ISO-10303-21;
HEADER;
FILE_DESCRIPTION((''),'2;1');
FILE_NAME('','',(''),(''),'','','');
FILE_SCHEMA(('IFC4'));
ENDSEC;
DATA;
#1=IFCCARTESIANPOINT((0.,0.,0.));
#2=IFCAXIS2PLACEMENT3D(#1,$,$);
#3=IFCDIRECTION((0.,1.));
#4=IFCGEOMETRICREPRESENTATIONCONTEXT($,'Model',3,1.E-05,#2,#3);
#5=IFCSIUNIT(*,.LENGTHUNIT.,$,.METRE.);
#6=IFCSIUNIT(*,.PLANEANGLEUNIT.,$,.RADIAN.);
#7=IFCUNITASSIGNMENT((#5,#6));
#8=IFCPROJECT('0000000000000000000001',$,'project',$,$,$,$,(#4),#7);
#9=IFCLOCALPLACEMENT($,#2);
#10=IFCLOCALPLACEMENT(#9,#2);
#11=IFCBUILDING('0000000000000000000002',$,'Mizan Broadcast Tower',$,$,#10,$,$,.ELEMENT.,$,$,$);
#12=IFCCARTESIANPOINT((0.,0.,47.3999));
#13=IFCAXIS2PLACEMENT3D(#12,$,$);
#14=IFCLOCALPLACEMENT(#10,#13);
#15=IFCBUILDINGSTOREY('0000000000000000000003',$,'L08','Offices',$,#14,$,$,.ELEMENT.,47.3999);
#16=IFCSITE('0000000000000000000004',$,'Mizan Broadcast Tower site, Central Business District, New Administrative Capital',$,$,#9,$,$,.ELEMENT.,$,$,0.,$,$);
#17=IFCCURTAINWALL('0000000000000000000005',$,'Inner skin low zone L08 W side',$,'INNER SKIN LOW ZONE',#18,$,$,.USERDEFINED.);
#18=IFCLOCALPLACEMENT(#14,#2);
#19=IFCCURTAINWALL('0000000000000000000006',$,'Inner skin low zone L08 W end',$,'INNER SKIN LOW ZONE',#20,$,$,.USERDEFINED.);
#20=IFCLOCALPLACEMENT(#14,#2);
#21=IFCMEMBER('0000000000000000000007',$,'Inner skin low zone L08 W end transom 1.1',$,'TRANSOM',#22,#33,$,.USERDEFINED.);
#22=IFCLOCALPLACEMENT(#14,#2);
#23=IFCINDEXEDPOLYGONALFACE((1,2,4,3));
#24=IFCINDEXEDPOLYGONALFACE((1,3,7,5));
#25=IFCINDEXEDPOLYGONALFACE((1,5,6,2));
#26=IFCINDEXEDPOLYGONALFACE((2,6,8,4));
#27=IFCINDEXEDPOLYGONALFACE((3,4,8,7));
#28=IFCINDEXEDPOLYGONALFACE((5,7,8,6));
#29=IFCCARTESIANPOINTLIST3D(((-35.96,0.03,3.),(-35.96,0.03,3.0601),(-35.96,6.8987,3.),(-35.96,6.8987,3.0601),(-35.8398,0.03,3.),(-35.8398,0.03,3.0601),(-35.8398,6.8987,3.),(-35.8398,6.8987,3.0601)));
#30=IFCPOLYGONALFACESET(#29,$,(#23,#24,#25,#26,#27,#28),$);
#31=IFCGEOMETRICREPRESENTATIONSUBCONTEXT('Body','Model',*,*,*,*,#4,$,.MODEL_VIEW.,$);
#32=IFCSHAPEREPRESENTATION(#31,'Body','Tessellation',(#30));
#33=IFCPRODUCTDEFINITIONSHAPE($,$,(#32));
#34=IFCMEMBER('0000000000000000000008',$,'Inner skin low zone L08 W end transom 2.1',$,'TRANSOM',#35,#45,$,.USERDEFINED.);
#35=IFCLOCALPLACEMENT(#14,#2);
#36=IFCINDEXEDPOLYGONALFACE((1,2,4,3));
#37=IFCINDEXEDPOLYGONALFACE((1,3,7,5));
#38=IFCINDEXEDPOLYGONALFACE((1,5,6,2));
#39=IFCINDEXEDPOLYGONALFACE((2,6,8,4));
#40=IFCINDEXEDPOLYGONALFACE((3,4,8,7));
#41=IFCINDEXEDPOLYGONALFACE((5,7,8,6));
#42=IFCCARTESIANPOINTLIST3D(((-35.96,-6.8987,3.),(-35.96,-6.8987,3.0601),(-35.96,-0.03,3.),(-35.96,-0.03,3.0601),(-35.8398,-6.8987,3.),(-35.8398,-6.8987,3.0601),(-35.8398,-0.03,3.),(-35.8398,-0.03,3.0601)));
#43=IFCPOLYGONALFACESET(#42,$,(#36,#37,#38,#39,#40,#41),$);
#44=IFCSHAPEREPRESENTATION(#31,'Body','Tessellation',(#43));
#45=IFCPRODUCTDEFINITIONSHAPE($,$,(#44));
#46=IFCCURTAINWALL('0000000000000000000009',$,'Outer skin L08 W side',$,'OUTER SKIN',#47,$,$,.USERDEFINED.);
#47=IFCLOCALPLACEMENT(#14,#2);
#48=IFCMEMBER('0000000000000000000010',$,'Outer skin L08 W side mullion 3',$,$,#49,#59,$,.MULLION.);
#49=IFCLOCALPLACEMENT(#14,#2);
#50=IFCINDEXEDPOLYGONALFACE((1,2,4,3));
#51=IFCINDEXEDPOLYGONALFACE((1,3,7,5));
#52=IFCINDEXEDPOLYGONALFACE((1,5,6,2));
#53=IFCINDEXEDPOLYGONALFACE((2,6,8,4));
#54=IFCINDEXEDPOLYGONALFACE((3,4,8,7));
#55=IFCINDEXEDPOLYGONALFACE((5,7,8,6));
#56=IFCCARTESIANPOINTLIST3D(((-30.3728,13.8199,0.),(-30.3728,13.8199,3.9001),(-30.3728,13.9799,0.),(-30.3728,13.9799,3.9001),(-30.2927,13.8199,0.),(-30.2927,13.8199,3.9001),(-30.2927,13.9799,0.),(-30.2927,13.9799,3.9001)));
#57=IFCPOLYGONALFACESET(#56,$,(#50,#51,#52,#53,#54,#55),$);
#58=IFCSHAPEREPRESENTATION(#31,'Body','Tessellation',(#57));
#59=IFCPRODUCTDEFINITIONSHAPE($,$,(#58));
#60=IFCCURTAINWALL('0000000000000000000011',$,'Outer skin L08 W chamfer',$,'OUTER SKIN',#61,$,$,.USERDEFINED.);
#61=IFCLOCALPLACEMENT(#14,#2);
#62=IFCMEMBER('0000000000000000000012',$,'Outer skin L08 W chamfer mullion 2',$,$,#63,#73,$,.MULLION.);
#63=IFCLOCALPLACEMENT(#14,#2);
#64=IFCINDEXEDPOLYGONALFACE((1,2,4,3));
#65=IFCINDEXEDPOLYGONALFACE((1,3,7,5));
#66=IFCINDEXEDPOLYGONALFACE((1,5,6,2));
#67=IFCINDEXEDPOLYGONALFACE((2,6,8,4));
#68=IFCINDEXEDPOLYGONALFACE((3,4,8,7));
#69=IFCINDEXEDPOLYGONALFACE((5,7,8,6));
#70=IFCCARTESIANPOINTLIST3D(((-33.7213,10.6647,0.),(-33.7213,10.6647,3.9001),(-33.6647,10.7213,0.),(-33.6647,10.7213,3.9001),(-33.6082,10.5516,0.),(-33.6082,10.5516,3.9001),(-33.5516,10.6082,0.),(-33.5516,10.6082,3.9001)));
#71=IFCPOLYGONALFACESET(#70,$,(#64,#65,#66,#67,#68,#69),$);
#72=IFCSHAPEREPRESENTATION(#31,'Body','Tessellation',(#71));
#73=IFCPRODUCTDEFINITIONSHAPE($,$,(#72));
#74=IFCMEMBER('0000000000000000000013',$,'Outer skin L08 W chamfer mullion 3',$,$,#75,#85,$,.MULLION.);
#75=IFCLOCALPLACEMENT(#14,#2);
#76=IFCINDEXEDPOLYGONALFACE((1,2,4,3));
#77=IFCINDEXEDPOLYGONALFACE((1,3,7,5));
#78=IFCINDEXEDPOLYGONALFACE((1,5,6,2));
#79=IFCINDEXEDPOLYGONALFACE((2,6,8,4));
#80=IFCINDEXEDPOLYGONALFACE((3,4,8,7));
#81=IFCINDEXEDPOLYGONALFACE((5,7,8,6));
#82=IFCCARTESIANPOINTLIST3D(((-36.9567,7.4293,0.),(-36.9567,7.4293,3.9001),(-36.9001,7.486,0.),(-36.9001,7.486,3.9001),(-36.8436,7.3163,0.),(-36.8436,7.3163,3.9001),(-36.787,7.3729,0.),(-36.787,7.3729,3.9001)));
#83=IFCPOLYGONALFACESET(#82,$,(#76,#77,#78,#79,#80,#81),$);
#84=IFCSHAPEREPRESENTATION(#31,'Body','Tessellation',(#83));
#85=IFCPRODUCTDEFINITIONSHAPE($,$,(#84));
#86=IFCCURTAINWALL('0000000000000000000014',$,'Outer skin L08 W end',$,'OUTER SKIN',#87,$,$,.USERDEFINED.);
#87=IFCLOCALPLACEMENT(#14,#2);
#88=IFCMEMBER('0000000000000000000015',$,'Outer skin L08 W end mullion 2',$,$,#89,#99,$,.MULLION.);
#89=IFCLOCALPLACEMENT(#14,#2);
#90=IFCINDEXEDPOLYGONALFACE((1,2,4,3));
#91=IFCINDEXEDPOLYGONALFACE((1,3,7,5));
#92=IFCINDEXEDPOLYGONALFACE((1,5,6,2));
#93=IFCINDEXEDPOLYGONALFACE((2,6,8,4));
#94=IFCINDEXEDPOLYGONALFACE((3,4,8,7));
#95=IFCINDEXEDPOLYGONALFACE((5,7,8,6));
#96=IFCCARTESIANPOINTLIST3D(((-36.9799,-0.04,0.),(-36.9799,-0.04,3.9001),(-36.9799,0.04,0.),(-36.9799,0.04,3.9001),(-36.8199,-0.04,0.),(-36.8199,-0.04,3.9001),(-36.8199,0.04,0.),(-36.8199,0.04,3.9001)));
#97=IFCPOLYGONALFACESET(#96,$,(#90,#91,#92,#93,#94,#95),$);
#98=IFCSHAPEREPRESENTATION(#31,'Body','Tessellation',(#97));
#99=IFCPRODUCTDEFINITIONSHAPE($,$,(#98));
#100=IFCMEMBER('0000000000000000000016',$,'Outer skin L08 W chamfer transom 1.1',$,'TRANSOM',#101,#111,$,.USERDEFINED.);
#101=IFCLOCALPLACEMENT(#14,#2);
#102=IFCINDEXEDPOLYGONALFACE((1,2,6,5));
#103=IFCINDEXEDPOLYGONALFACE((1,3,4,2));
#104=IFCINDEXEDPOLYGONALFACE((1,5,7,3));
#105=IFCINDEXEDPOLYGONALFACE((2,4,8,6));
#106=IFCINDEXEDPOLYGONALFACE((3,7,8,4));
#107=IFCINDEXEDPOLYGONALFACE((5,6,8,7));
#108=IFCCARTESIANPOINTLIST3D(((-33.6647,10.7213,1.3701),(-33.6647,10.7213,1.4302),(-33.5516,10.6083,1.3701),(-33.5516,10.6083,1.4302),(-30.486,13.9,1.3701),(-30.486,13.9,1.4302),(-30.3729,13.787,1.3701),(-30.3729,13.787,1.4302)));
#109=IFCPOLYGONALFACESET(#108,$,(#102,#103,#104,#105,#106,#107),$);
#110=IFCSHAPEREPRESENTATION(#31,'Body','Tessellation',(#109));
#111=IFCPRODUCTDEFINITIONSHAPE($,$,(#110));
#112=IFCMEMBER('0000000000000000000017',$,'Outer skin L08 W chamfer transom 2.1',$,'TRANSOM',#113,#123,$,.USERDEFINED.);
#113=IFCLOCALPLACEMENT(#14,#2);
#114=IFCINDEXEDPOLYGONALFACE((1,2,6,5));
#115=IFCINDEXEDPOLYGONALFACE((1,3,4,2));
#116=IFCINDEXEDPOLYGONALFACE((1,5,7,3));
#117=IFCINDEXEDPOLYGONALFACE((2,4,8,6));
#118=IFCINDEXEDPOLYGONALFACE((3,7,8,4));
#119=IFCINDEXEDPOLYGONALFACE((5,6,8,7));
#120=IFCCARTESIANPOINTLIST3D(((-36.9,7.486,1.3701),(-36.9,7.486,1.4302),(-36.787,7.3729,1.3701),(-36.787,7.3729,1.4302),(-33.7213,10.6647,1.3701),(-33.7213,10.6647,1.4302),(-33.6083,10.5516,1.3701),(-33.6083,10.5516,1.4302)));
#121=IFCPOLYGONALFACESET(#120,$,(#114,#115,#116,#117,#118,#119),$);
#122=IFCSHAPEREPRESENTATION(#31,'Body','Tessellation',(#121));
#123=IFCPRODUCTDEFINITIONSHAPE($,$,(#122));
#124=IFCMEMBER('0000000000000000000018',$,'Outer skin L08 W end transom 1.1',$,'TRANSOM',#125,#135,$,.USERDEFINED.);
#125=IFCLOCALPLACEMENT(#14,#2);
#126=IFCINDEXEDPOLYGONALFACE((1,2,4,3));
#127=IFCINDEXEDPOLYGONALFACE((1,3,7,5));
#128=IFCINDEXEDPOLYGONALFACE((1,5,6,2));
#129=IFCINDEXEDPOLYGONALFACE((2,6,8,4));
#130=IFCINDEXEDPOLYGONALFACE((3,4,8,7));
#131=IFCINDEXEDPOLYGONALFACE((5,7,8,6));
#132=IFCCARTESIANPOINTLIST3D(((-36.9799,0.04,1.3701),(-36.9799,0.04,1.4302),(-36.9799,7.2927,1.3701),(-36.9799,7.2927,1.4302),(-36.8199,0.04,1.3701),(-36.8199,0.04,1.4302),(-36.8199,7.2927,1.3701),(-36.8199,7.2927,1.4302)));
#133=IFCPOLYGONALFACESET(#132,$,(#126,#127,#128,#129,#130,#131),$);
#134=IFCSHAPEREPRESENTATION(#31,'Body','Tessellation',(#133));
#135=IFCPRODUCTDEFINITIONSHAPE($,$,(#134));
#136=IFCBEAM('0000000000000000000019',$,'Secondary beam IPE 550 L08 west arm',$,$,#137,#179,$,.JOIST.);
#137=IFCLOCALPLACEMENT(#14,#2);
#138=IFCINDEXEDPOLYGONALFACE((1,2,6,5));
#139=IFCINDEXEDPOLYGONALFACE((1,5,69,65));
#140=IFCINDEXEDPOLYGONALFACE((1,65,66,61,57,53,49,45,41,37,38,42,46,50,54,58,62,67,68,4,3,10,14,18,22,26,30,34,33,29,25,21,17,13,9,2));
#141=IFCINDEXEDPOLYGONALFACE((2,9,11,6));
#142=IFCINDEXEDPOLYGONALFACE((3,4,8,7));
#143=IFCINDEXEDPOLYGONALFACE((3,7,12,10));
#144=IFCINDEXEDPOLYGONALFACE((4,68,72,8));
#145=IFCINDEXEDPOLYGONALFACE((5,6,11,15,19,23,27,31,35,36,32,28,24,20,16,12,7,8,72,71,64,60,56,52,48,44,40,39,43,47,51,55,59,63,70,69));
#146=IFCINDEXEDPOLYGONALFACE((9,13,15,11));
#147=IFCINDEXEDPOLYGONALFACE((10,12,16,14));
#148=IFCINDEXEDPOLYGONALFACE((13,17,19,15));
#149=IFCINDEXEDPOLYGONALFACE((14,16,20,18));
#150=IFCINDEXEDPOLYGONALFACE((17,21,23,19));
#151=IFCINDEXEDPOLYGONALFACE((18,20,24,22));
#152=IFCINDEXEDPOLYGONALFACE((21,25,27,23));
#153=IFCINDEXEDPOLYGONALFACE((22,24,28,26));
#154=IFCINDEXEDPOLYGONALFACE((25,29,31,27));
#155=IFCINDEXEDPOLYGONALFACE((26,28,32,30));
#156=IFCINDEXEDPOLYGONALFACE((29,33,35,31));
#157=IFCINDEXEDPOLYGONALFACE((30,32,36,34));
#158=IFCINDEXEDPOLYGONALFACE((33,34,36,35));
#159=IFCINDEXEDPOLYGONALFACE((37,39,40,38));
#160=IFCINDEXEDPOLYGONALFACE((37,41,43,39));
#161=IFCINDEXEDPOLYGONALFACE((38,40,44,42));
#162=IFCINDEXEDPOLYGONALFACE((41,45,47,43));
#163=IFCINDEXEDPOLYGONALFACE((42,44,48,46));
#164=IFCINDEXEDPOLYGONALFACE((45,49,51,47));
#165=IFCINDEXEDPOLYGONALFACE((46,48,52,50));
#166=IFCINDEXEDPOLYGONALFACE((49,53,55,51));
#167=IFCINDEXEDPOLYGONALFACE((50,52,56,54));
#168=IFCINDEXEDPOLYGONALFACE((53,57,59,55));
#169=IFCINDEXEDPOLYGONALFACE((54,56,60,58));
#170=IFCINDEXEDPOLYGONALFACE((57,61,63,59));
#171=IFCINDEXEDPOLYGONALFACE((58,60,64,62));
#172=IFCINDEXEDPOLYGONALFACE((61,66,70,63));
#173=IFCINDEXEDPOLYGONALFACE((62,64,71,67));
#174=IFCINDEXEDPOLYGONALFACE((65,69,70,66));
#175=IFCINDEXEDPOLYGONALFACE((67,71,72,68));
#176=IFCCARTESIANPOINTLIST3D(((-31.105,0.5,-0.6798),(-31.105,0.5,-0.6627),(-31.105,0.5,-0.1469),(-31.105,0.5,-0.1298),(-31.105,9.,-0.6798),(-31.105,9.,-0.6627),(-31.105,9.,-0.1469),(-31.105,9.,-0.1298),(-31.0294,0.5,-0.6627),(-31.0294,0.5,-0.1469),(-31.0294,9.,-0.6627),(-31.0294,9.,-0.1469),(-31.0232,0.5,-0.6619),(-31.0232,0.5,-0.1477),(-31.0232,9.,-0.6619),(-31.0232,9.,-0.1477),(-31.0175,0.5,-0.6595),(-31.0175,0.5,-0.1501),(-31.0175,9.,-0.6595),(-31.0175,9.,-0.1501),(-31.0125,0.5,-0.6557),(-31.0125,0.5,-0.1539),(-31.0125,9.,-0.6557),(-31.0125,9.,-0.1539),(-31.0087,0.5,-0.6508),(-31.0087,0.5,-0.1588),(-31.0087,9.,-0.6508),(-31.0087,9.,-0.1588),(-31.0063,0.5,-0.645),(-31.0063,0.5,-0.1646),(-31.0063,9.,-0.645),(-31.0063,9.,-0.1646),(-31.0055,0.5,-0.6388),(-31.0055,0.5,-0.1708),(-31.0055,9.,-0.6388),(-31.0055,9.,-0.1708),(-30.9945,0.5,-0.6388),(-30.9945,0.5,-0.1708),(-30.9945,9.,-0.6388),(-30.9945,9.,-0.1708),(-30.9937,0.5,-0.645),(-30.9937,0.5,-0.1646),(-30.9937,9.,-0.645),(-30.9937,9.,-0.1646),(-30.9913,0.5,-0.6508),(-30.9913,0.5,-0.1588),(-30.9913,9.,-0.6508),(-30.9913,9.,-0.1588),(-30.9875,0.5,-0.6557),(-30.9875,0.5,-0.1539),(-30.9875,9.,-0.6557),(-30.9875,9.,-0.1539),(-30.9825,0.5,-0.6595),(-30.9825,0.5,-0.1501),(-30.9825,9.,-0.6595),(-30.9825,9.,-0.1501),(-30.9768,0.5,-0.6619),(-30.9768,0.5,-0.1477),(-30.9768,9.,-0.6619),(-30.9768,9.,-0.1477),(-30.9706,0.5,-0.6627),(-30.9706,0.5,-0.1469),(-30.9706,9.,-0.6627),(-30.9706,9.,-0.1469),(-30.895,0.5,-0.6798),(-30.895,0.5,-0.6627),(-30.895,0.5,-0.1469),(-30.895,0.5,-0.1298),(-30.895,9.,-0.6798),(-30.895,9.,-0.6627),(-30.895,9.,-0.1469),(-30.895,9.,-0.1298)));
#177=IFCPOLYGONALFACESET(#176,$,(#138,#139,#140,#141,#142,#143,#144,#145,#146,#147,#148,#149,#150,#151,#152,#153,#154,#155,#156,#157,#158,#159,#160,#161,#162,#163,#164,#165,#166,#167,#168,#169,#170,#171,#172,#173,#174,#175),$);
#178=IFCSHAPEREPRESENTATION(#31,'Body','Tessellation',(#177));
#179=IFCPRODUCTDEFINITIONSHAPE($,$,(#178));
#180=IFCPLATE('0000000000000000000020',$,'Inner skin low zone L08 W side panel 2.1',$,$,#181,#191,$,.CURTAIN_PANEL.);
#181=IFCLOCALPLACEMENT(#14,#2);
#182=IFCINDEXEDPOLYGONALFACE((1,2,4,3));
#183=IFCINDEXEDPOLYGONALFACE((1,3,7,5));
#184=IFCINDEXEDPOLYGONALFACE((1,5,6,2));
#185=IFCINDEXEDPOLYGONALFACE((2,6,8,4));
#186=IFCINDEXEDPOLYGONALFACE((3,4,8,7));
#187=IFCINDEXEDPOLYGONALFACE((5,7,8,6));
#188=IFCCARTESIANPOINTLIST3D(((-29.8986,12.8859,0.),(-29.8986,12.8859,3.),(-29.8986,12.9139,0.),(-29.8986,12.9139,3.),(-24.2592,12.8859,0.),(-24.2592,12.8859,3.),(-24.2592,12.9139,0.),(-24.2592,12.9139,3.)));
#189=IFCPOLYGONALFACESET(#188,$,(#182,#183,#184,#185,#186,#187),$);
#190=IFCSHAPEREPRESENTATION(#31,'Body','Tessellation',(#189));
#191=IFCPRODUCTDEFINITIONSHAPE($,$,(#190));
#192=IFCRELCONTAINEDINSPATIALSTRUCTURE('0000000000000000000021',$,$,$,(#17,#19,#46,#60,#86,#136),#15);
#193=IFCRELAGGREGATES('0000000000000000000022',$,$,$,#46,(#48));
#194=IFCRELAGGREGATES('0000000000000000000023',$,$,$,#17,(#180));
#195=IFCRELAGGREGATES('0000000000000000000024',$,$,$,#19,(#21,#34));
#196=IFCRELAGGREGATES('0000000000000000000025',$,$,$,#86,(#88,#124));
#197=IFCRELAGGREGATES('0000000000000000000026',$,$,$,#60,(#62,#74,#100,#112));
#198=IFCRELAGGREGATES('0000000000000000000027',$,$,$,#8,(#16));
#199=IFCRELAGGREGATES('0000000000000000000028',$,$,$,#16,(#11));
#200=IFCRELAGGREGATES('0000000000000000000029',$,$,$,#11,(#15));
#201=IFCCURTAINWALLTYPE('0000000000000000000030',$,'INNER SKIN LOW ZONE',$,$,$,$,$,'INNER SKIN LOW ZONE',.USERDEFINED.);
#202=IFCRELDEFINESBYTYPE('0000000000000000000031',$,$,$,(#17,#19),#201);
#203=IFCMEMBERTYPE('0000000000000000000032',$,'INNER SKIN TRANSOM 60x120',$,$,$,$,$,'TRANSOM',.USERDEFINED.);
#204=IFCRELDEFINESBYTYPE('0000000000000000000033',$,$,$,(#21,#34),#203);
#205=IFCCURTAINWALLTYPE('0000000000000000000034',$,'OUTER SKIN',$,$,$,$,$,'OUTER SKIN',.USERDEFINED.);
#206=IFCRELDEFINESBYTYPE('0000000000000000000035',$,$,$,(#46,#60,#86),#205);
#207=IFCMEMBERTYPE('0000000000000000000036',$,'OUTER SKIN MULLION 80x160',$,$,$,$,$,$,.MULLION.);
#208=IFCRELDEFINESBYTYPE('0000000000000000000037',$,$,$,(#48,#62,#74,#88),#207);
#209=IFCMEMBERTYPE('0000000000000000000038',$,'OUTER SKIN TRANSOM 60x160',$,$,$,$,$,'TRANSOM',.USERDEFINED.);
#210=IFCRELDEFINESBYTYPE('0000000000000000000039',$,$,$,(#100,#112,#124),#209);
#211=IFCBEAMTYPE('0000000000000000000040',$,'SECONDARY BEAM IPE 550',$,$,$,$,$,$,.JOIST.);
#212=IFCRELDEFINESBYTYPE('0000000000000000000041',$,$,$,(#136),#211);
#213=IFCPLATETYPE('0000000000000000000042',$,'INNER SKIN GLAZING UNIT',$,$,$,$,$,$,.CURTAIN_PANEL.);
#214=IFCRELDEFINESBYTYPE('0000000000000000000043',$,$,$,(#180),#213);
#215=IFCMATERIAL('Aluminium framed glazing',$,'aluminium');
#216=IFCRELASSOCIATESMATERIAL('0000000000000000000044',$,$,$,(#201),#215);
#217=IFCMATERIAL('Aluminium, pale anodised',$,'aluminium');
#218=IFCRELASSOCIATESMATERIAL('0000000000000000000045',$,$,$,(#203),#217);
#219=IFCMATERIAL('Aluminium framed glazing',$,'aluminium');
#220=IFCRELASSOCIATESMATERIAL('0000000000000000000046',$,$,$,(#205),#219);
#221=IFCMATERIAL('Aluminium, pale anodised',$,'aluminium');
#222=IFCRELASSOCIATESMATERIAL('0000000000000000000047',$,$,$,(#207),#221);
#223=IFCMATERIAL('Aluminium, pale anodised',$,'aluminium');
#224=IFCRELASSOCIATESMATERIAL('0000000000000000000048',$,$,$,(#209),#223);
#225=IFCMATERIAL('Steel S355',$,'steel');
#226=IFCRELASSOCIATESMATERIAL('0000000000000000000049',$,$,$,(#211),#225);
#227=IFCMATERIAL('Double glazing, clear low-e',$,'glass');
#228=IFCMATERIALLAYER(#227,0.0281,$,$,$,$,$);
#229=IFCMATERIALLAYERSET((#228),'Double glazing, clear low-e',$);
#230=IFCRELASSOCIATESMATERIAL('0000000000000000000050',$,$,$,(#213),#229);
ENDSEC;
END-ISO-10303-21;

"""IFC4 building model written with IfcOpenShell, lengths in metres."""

from ifc_helpers import new_model, si_unit, direction, frame, origin, origin_2d, place, context, subcontext, project, spatial, rectangle, i_section, extrude, material, layer, layer_set, material_profile, profile_set, type_object, element, aggregate, save


model = new_model("IFC4")

# Units and contexts
model_context = context("Model", 3, precision=1e-05, world=origin(), true_north=direction((0.0, 1.0)))
body_context = subcontext(model_context, "Body", "Model", "MODEL_VIEW")
ifc_project = project(units=[si_unit("LENGTHUNIT", "METRE"), si_unit("PLANEANGLEUNIT", "RADIAN")], contexts=[model_context])

# Site, building, storey
site_placement = place(None, origin())
site = spatial("IfcSite", under=ifc_project, at=site_placement, Name="Mizan Broadcast Tower site, Central Business District, New Administrative Capital", CompositionType="ELEMENT", RefElevation=0.0)
building_placement = place(site_placement, origin())
building = spatial("IfcBuilding", under=site, at=building_placement, Name="Mizan Broadcast Tower", CompositionType="ELEMENT")
storey_placement = place(building_placement, frame((0.0, 0.0, 47.3999)))
storey = spatial("IfcBuildingStorey", under=building, at=storey_placement, Name="L08", Description="Offices", CompositionType="ELEMENT", Elevation=47.3999)

# Curtain walls
ifc_material_1 = material(Name="Aluminium framed glazing", Category="aluminium")
curtain_wall_type_1 = type_object("IfcCurtainWallType", Name="INNER SKIN LOW ZONE", ElementType="INNER SKIN LOW ZONE", PredefinedType="USERDEFINED", material=ifc_material_1)
curtain_wall_1_placement = place(storey_placement, origin())
curtain_wall_1 = element("IfcCurtainWall", 1, at=curtain_wall_1_placement, inside=storey, type_object=curtain_wall_type_1, Name="Inner skin low zone L08 W side", ObjectType="INNER SKIN LOW ZONE", PredefinedType="USERDEFINED")
curtain_wall_2_placement = place(storey_placement, origin())
curtain_wall_2 = element("IfcCurtainWall", 2, at=curtain_wall_2_placement, inside=storey, type_object=curtain_wall_type_1, Name="Inner skin low zone L08 W end", ObjectType="INNER SKIN LOW ZONE", PredefinedType="USERDEFINED")

# Members
ifc_material_2 = material(Name="Aluminium, pale anodised", Category="aluminium")
ifc_material_profile_1 = material_profile(ifc_material_2, rectangle(XDim=0.1201, YDim=0.0601, at=origin_2d()), Name="TRANSOM 120x60")
ifc_profile_set_1 = profile_set([ifc_material_profile_1], Name="Aluminium, pale anodised")
member_type_1 = type_object("IfcMemberType", Name="INNER SKIN TRANSOM 60x120", ElementType="TRANSOM", PredefinedType="USERDEFINED", material=ifc_profile_set_1)
member_1_placement = place(storey_placement, frame((-35.8999, 6.8987, 3.03), z_axis=(0.0, -1.0, 0.0), x_axis=(1.0, 0.0, 0.0)))
member_1 = element("IfcMember", 3, at=member_1_placement, type_object=member_type_1, Name="Inner skin low zone L08 W end transom 1.1", ObjectType="TRANSOM", PredefinedType="USERDEFINED", context=body_context, shape_type="SweptSolid", body=[
    extrude(rectangle(XDim=0.1201, YDim=0.0601, at=origin_2d()), origin(), (0.0, 0.0, 1.0), 6.8687),
])
member_2_placement = place(storey_placement, frame((-35.8999, -0.03, 3.03), z_axis=(0.0, -1.0, 0.0), x_axis=(1.0, 0.0, 0.0)))
member_2 = element("IfcMember", 4, at=member_2_placement, type_object=member_type_1, Name="Inner skin low zone L08 W end transom 2.1", ObjectType="TRANSOM", PredefinedType="USERDEFINED", context=body_context, shape_type="SweptSolid", body=[
    extrude(rectangle(XDim=0.1201, YDim=0.0601, at=origin_2d()), origin(), (0.0, 0.0, 1.0), 6.8687),
])

# Curtain wall, member
ifc_material_3 = material(Name="Aluminium framed glazing", Category="aluminium")
curtain_wall_type_2 = type_object("IfcCurtainWallType", Name="OUTER SKIN", ElementType="OUTER SKIN", PredefinedType="USERDEFINED", material=ifc_material_3)
curtain_wall_3_placement = place(storey_placement, origin())
curtain_wall_3 = element("IfcCurtainWall", 5, at=curtain_wall_3_placement, inside=storey, type_object=curtain_wall_type_2, Name="Outer skin L08 W side", ObjectType="OUTER SKIN", PredefinedType="USERDEFINED")
ifc_material_4 = material(Name="Aluminium, pale anodised", Category="aluminium")
ifc_material_profile_2 = material_profile(ifc_material_4, rectangle(XDim=0.1599, YDim=0.0801, at=origin_2d()), Name="MULLION 160x80")
ifc_profile_set_2 = profile_set([ifc_material_profile_2], Name="Aluminium, pale anodised")
member_type_2 = type_object("IfcMemberType", Name="OUTER SKIN MULLION 80x160", PredefinedType="MULLION", material=ifc_profile_set_2)
member_3_placement = place(storey_placement, frame((-30.3328, 13.8999, 0.0), z_axis=(0.0, 0.0, 1.0), x_axis=(0.0, -1.0, 0.0)))
member_3 = element("IfcMember", 6, at=member_3_placement, type_object=member_type_2, Name="Outer skin L08 W side mullion 3", PredefinedType="MULLION", context=body_context, shape_type="SweptSolid", body=[
    extrude(rectangle(XDim=0.1599, YDim=0.0801, at=origin_2d()), origin(), (0.0, 0.0, 1.0), 3.9001),
])
aggregate(curtain_wall_3, [member_3])

# Curtain wall, members
curtain_wall_4_placement = place(storey_placement, origin())
curtain_wall_4 = element("IfcCurtainWall", 7, at=curtain_wall_4_placement, inside=storey, type_object=curtain_wall_type_2, Name="Outer skin L08 W chamfer", ObjectType="OUTER SKIN", PredefinedType="USERDEFINED")
member_4_placement = place(storey_placement, frame((-33.6365, 10.6365, 0.0), z_axis=(0.0, 0.0, 1.0), x_axis=(0.707107, -0.707107, 0.0)))
member_4 = element("IfcMember", 8, at=member_4_placement, type_object=member_type_2, Name="Outer skin L08 W chamfer mullion 2", PredefinedType="MULLION", context=body_context, shape_type="SweptSolid", body=[
    extrude(rectangle(XDim=0.1599, YDim=0.0801, at=origin_2d()), origin(), (0.0, 0.0, 1.0), 3.9001),
])
member_5_placement = place(storey_placement, frame((-36.8718, 7.4011, 0.0), z_axis=(0.0, 0.0, 1.0), x_axis=(0.707107, -0.707107, 0.0)))
member_5 = element("IfcMember", 9, at=member_5_placement, type_object=member_type_2, Name="Outer skin L08 W chamfer mullion 3", PredefinedType="MULLION", context=body_context, shape_type="SweptSolid", body=[
    extrude(rectangle(XDim=0.1599, YDim=0.0801, at=origin_2d()), origin(), (0.0, 0.0, 1.0), 3.9001),
])

# Curtain wall, member
curtain_wall_5_placement = place(storey_placement, origin())
curtain_wall_5 = element("IfcCurtainWall", 10, at=curtain_wall_5_placement, inside=storey, type_object=curtain_wall_type_2, Name="Outer skin L08 W end", ObjectType="OUTER SKIN", PredefinedType="USERDEFINED")
member_6_placement = place(storey_placement, frame((-36.8999, 0.0, 0.0), z_axis=(0.0, 0.0, 1.0), x_axis=(1.0, 0.0, 0.0)))
member_6 = element("IfcMember", 11, at=member_6_placement, type_object=member_type_2, Name="Outer skin L08 W end mullion 2", PredefinedType="MULLION", context=body_context, shape_type="SweptSolid", body=[
    extrude(rectangle(XDim=0.1599, YDim=0.0801, at=origin_2d()), origin(), (0.0, 0.0, 1.0), 3.9001),
])

# Members
ifc_material_5 = material(Name="Aluminium, pale anodised", Category="aluminium")
ifc_material_profile_3 = material_profile(ifc_material_5, rectangle(XDim=0.1599, YDim=0.0601, at=origin_2d()), Name="TRANSOM 160x60")
ifc_profile_set_3 = profile_set([ifc_material_profile_3], Name="Aluminium, pale anodised")
member_type_3 = type_object("IfcMemberType", Name="OUTER SKIN TRANSOM 60x160", ElementType="TRANSOM", PredefinedType="USERDEFINED", material=ifc_profile_set_3)
member_7_placement = place(storey_placement, frame((-30.4294, 13.8435, 1.4001), z_axis=(-0.707107, -0.707107, 0.0), x_axis=(0.707107, -0.707107, 0.0)))
member_7 = element("IfcMember", 12, at=member_7_placement, type_object=member_type_3, Name="Outer skin L08 W chamfer transom 1.1", ObjectType="TRANSOM", PredefinedType="USERDEFINED", context=body_context, shape_type="SweptSolid", body=[
    extrude(rectangle(XDim=0.1599, YDim=0.0601, at=origin_2d()), origin(), (0.0, 0.0, 1.0), 4.4954),
])
member_8_placement = place(storey_placement, frame((-33.6648, 10.6082, 1.4001), z_axis=(-0.707107, -0.707107, 0.0), x_axis=(0.707107, -0.707107, 0.0)))
member_8 = element("IfcMember", 13, at=member_8_placement, type_object=member_type_3, Name="Outer skin L08 W chamfer transom 2.1", ObjectType="TRANSOM", PredefinedType="USERDEFINED", context=body_context, shape_type="SweptSolid", body=[
    extrude(rectangle(XDim=0.1599, YDim=0.0601, at=origin_2d()), origin(), (0.0, 0.0, 1.0), 4.4954),
])
member_9_placement = place(storey_placement, frame((-36.8999, 7.2927, 1.4001), z_axis=(0.0, -1.0, 0.0), x_axis=(1.0, 0.0, 0.0)))
member_9 = element("IfcMember", 14, at=member_9_placement, type_object=member_type_3, Name="Outer skin L08 W end transom 1.1", ObjectType="TRANSOM", PredefinedType="USERDEFINED", context=body_context, shape_type="SweptSolid", body=[
    extrude(rectangle(XDim=0.1599, YDim=0.0601, at=origin_2d()), origin(), (0.0, 0.0, 1.0), 7.2527),
])

# Beam
ifc_material_6 = material(Name="Steel S355", Category="steel")
ifc_material_profile_4 = material_profile(ifc_material_6, i_section(OverallWidth=0.21, OverallDepth=0.55, WebThickness=0.011, FlangeThickness=0.0171, FilletRadius=0.0239, at=origin_2d()), Name="IPE 550")
ifc_profile_set_4 = profile_set([ifc_material_profile_4], Name="Steel S355")
beam_type_1 = type_object("IfcBeamType", Name="SECONDARY BEAM IPE 550", PredefinedType="JOIST", material=ifc_profile_set_4)
beam_1_placement = place(storey_placement, frame((-31.0, 9.0, -0.4048), z_axis=(0.0, -1.0, 0.0), x_axis=(1.0, 0.0, 0.0)))
element("IfcBeam", 15, at=beam_1_placement, inside=storey, type_object=beam_type_1, Name="Secondary beam IPE 550 L08 west arm", PredefinedType="JOIST", context=body_context, shape_type="SweptSolid", body=[
    extrude(i_section(OverallWidth=0.21, OverallDepth=0.55, WebThickness=0.011, FlangeThickness=0.0171, FilletRadius=0.0239, at=origin_2d()), origin(), (0.0, 0.0, 1.0), 8.5),
])

# Plate
ifc_material_7 = material(Name="Double glazing, clear low-e", Category="glass")
ifc_layer_1 = layer(ifc_material_7, 0.0281)
ifc_layer_set_1 = layer_set([ifc_layer_1], Name="Double glazing, clear low-e")
plate_type_1 = type_object("IfcPlateType", Name="INNER SKIN GLAZING UNIT", PredefinedType="CURTAIN_PANEL", material=ifc_layer_set_1)
plate_1_placement = place(storey_placement, frame((-27.0789, 12.8999, 0.0), z_axis=(0.0, 0.0, 1.0), x_axis=(-1.0, 0.0, 0.0)))
plate_1 = element("IfcPlate", 16, at=plate_1_placement, type_object=plate_type_1, Name="Inner skin low zone L08 W side panel 2.1", PredefinedType="CURTAIN_PANEL", context=body_context, shape_type="SweptSolid", body=[
    extrude(rectangle(XDim=5.6394, YDim=0.0281, at=origin_2d()), origin(), (0.0, 0.0, 1.0), 3.0),
])
aggregate(curtain_wall_1, [plate_1])
aggregate(curtain_wall_2, [member_1, member_2])
aggregate(curtain_wall_5, [member_6, member_9])
aggregate(curtain_wall_4, [member_4, member_5, member_7, member_8])

save(model, "model.ifc")
